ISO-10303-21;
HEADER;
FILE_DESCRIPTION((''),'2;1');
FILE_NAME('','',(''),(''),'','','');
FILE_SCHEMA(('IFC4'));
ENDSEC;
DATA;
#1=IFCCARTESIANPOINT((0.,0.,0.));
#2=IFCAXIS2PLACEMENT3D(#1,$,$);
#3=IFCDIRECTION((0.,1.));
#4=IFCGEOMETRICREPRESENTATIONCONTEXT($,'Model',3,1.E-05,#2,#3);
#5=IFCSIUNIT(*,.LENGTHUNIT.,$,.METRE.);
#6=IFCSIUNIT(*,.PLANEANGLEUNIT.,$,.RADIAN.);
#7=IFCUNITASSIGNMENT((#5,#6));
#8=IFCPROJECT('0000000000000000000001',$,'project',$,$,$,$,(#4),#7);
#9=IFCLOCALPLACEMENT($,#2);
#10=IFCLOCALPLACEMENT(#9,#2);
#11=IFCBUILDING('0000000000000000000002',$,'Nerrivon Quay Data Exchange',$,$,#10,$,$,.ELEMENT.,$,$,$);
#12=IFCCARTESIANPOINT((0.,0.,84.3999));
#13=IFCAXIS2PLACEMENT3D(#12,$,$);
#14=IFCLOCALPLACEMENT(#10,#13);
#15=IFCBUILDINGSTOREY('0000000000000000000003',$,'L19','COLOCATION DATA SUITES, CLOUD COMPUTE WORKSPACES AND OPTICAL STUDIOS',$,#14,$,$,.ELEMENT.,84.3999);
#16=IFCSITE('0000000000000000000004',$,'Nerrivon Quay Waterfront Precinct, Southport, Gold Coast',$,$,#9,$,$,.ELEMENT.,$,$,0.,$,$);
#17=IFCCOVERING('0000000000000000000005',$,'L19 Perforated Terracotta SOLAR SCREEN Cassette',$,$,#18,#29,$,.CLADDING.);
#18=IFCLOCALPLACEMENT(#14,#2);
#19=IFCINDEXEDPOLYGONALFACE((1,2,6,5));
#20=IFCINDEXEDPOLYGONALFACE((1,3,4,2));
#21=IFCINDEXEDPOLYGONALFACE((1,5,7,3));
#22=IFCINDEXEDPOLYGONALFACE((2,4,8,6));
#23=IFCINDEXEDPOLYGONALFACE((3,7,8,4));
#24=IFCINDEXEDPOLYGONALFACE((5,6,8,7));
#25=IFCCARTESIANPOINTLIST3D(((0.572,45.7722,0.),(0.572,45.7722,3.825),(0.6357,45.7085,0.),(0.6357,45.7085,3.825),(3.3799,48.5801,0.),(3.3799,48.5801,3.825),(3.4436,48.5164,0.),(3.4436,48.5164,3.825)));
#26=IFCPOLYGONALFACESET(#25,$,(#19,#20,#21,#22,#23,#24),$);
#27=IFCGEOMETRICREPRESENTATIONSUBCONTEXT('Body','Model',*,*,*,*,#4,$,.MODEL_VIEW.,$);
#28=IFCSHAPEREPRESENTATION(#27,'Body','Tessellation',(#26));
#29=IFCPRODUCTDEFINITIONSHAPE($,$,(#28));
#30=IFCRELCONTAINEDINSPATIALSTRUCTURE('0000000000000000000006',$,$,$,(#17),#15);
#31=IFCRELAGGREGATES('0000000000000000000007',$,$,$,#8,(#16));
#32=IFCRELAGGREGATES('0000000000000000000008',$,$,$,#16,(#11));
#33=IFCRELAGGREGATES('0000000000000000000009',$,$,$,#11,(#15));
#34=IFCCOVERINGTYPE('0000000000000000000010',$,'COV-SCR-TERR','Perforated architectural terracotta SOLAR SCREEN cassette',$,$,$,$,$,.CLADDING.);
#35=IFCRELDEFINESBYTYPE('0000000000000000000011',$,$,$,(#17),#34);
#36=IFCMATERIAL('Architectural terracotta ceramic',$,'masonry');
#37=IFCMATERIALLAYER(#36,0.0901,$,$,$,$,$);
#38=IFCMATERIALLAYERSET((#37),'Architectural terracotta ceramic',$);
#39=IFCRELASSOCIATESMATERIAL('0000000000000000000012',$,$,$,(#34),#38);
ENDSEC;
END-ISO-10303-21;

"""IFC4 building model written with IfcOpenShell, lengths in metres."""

from ifc_helpers import new_model, si_unit, direction, frame, origin, origin_2d, place, context, subcontext, project, spatial, rectangle, extrude, material, layer, layer_set, type_object, element, save


model = new_model("IFC4")

# Units and contexts
model_context = context("Model", 3, precision=1e-05, world=origin(), true_north=direction((0.0, 1.0)))
body_context = subcontext(model_context, "Body", "Model", "MODEL_VIEW")
ifc_project = project(units=[si_unit("LENGTHUNIT", "METRE"), si_unit("PLANEANGLEUNIT", "RADIAN")], contexts=[model_context])

# Site, building, storey
site_placement = place(None, origin())
site = spatial("IfcSite", under=ifc_project, at=site_placement, Name="Nerrivon Quay Waterfront Precinct, Southport, Gold Coast", CompositionType="ELEMENT", RefElevation=0.0)
building_placement = place(site_placement, origin())
building = spatial("IfcBuilding", under=site, at=building_placement, Name="Nerrivon Quay Data Exchange", CompositionType="ELEMENT")
storey_placement = place(building_placement, frame((0.0, 0.0, 84.3999)))
storey = spatial("IfcBuildingStorey", under=building, at=storey_placement, Name="L19", Description="COLOCATION DATA SUITES, CLOUD COMPUTE WORKSPACES AND OPTICAL STUDIOS", CompositionType="ELEMENT", Elevation=84.3999)

# Covering
ifc_material_1 = material(Name="Architectural terracotta ceramic", Category="masonry")
ifc_layer_1 = layer(ifc_material_1, 0.0901)
ifc_layer_set_1 = layer_set([ifc_layer_1], Name="Architectural terracotta ceramic")
covering_type = type_object("IfcCoveringType", Name="COV-SCR-TERR", Description="Perforated architectural terracotta SOLAR SCREEN cassette", PredefinedType="CLADDING", material=ifc_layer_set_1)
covering_placement = place(storey_placement, frame((2.0078, 47.1443, 0.0), z_axis=(0.0, 0.0, 1.0), x_axis=(0.707107, 0.707107, 0.0)))
element("IfcCovering", 1, at=covering_placement, inside=storey, type_object=covering_type, Name="L19 Perforated Terracotta SOLAR SCREEN Cassette", PredefinedType="CLADDING", context=body_context, shape_type="SweptSolid", body=[
    extrude(rectangle(XDim=3.9709, YDim=0.0901, at=origin_2d()), origin(), (0.0, 0.0, 1.0), 3.825),
])

save(model, "model.ifc")
